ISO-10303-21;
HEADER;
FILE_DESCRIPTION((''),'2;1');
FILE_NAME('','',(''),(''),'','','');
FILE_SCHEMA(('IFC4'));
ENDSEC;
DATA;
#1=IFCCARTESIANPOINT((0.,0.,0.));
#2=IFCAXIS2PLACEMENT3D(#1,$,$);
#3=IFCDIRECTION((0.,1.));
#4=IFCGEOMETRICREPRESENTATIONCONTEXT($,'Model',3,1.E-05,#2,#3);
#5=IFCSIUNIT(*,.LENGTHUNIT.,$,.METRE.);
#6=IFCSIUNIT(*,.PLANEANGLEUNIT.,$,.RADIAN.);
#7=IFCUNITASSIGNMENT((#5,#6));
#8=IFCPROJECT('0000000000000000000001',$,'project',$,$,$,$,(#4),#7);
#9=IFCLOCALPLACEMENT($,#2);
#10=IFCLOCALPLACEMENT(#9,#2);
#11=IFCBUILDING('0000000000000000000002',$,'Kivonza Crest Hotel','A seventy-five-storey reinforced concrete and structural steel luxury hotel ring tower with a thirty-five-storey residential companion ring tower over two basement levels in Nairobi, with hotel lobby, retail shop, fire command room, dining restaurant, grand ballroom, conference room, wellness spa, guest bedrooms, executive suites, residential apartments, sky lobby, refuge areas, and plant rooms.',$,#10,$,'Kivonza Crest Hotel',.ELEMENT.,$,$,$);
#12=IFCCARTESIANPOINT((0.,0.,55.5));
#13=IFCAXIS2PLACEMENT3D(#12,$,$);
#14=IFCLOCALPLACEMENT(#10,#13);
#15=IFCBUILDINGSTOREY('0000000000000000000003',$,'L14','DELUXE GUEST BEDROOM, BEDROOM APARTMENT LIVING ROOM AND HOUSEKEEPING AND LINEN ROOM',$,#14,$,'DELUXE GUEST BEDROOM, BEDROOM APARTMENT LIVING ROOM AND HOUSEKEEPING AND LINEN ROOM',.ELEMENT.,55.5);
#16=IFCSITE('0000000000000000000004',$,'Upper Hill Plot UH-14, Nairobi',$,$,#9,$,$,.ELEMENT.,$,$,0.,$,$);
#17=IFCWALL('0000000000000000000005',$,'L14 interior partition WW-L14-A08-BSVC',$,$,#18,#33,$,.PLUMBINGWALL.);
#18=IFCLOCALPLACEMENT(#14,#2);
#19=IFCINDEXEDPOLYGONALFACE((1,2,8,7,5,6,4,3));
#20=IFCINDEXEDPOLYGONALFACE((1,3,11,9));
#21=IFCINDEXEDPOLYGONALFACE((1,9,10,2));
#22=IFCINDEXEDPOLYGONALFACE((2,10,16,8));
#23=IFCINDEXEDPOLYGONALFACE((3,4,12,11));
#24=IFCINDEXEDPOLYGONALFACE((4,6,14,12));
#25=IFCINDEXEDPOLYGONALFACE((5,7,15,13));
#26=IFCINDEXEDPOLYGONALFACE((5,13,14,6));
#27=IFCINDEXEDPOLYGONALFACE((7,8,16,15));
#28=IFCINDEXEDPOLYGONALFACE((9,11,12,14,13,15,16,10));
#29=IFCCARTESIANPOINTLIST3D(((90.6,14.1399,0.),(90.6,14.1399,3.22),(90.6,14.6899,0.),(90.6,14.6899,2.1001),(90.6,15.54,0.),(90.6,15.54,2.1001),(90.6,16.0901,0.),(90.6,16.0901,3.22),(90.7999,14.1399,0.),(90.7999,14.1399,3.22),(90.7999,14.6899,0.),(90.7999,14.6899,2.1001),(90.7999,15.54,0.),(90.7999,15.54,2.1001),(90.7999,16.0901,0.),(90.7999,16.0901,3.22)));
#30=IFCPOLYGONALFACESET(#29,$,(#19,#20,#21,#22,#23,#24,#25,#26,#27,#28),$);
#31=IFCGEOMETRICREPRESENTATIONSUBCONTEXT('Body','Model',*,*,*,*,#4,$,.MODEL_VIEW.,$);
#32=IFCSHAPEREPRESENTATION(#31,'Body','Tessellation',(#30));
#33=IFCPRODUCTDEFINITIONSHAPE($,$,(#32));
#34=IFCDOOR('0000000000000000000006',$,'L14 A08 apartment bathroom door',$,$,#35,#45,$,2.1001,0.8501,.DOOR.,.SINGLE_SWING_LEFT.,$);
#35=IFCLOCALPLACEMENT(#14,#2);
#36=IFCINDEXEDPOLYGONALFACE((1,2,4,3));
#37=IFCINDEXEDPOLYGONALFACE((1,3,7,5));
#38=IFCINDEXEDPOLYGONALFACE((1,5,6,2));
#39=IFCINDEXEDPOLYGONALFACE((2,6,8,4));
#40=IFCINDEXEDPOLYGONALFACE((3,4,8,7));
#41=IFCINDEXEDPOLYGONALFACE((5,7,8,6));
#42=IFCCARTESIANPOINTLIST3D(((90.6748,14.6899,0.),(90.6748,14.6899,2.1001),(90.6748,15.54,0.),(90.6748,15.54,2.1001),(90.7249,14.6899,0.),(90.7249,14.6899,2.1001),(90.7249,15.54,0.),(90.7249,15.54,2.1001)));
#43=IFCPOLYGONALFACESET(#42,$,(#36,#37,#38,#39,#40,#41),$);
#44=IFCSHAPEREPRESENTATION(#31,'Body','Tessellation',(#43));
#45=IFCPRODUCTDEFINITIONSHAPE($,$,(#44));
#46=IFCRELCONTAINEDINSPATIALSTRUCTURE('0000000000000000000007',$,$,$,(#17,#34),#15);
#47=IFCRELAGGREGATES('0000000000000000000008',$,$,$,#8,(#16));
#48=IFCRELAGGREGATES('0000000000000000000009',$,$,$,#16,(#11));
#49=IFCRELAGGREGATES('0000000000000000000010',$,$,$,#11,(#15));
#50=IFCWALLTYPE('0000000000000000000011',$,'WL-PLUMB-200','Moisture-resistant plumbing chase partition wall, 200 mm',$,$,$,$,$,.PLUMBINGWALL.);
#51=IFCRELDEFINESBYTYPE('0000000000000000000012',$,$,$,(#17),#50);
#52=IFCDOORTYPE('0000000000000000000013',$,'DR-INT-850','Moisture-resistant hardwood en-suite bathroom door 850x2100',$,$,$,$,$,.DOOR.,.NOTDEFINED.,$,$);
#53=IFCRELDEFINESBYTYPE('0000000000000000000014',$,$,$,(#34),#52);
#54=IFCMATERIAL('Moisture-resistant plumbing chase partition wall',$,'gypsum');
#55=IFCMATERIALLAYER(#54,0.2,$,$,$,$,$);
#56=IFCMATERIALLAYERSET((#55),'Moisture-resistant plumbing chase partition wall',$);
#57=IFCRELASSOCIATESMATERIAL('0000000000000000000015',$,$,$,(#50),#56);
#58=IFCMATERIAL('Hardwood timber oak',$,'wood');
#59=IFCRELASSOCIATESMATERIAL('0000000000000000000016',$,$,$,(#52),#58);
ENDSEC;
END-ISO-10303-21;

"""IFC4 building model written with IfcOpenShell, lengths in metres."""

from ifc_helpers import new_model, si_unit, direction, frame, frame_2d, origin, place, context, subcontext, project, spatial, rectangle, extrude, material, layer, layer_set, type_object, element, fill, save


model = new_model("IFC4")

# Units and contexts
model_context = context("Model", 3, precision=1e-05, world=origin(), true_north=direction((0.0, 1.0)))
body_context = subcontext(model_context, "Body", "Model", "MODEL_VIEW")
ifc_project = project(units=[si_unit("LENGTHUNIT", "METRE"), si_unit("PLANEANGLEUNIT", "RADIAN")], contexts=[model_context])

# Site, building, storey
site_placement = place(None, origin())
site = spatial("IfcSite", under=ifc_project, at=site_placement, Name="Upper Hill Plot UH-14, Nairobi", CompositionType="ELEMENT", RefElevation=0.0)
building_placement = place(site_placement, origin())
building = spatial("IfcBuilding", under=site, at=building_placement, Name="Kivonza Crest Hotel", Description="A seventy-five-storey reinforced concrete and structural steel luxury hotel ring tower with a thirty-five-storey residential companion ring tower over two basement levels in Nairobi, with hotel lobby, retail shop, fire command room, dining restaurant, grand ballroom, conference room, wellness spa, guest bedrooms, executive suites, residential apartments, sky lobby, refuge areas, and plant rooms.", LongName="Kivonza Crest Hotel", CompositionType="ELEMENT")
storey_placement = place(building_placement, frame((0.0, 0.0, 55.5)))
storey = spatial("IfcBuildingStorey", under=building, at=storey_placement, Name="L14", Description="DELUXE GUEST BEDROOM, BEDROOM APARTMENT LIVING ROOM AND HOUSEKEEPING AND LINEN ROOM", LongName="DELUXE GUEST BEDROOM, BEDROOM APARTMENT LIVING ROOM AND HOUSEKEEPING AND LINEN ROOM", CompositionType="ELEMENT", Elevation=55.5)

# Shared definitions
ifc_material_1 = material(Name="Hardwood timber oak", Category="wood")

# Wall, opening, door
ifc_material_2 = material(Name="Moisture-resistant plumbing chase partition wall", Category="gypsum")
ifc_layer_1 = layer(ifc_material_2, 0.2)
ifc_layer_set_1 = layer_set([ifc_layer_1], Name="Moisture-resistant plumbing chase partition wall")
wall_type_1 = type_object("IfcWallType", Name="WL-PLUMB-200", Description="Moisture-resistant plumbing chase partition wall, 200 mm", PredefinedType="PLUMBINGWALL", material=ifc_layer_set_1)
wall_1_placement = place(storey_placement, frame((90.7, 14.1399, 0.0), z_axis=(0.0, 0.0, 1.0), x_axis=(0.0, 1.0, 0.0)))
wall_1 = element("IfcWall", 1, at=wall_1_placement, inside=storey, type_object=wall_type_1, Name="L14 interior partition WW-L14-A08-BSVC", PredefinedType="PLUMBINGWALL", context=body_context, shape_type="SweptSolid", body=[
    extrude(rectangle(XDim=1.9502, YDim=0.2, at=frame_2d((0.9751, 0.0))), origin(), (0.0, 0.0, 1.0), 3.22),
])
opening_1_placement = place(wall_1_placement, frame((0.55, 0.0, 0.0)))
opening_1 = element("IfcOpeningElement", 2, at=opening_1_placement, cuts=wall_1, PredefinedType="OPENING", context=body_context, shape_type="SweptSolid", body=[
    extrude(rectangle(XDim=0.8501, YDim=2.1001, at=frame_2d((0.425, 1.05))), frame((0.0, 0.1099, 0.0), z_axis=(0.0, -1.0, 0.0), x_axis=(1.0, 0.0, 0.0)), (0.0, 0.0, 1.0), 0.22),
])
door_type_1 = type_object("IfcDoorType", Name="DR-INT-850", Description="Moisture-resistant hardwood en-suite bathroom door 850x2100", OperationType="NOTDEFINED", PredefinedType="DOOR", material=ifc_material_1)
door_1_placement = place(opening_1_placement, frame((0.8501, 0.0, 0.0), z_axis=(0.0, 0.0, 1.0), x_axis=(-1.0, 0.0, 0.0)))
door_1 = element("IfcDoor", 3, at=door_1_placement, inside=storey, type_object=door_type_1, Name="L14 A08 apartment bathroom door", OperationType="SINGLE_SWING_LEFT", OverallHeight=2.1001, OverallWidth=0.8501, PredefinedType="DOOR", context=body_context, shape_type="SweptSolid", body=[
    extrude(rectangle(XDim=0.8501, YDim=2.1001, at=frame_2d((0.425, 1.05))), frame((0.0, 0.0249, 0.0), z_axis=(0.0, -1.0, 0.0), x_axis=(1.0, 0.0, 0.0)), (0.0, 0.0, 1.0), 0.05),
])
fill(opening_1, door_1)

save(model, "model.ifc")
